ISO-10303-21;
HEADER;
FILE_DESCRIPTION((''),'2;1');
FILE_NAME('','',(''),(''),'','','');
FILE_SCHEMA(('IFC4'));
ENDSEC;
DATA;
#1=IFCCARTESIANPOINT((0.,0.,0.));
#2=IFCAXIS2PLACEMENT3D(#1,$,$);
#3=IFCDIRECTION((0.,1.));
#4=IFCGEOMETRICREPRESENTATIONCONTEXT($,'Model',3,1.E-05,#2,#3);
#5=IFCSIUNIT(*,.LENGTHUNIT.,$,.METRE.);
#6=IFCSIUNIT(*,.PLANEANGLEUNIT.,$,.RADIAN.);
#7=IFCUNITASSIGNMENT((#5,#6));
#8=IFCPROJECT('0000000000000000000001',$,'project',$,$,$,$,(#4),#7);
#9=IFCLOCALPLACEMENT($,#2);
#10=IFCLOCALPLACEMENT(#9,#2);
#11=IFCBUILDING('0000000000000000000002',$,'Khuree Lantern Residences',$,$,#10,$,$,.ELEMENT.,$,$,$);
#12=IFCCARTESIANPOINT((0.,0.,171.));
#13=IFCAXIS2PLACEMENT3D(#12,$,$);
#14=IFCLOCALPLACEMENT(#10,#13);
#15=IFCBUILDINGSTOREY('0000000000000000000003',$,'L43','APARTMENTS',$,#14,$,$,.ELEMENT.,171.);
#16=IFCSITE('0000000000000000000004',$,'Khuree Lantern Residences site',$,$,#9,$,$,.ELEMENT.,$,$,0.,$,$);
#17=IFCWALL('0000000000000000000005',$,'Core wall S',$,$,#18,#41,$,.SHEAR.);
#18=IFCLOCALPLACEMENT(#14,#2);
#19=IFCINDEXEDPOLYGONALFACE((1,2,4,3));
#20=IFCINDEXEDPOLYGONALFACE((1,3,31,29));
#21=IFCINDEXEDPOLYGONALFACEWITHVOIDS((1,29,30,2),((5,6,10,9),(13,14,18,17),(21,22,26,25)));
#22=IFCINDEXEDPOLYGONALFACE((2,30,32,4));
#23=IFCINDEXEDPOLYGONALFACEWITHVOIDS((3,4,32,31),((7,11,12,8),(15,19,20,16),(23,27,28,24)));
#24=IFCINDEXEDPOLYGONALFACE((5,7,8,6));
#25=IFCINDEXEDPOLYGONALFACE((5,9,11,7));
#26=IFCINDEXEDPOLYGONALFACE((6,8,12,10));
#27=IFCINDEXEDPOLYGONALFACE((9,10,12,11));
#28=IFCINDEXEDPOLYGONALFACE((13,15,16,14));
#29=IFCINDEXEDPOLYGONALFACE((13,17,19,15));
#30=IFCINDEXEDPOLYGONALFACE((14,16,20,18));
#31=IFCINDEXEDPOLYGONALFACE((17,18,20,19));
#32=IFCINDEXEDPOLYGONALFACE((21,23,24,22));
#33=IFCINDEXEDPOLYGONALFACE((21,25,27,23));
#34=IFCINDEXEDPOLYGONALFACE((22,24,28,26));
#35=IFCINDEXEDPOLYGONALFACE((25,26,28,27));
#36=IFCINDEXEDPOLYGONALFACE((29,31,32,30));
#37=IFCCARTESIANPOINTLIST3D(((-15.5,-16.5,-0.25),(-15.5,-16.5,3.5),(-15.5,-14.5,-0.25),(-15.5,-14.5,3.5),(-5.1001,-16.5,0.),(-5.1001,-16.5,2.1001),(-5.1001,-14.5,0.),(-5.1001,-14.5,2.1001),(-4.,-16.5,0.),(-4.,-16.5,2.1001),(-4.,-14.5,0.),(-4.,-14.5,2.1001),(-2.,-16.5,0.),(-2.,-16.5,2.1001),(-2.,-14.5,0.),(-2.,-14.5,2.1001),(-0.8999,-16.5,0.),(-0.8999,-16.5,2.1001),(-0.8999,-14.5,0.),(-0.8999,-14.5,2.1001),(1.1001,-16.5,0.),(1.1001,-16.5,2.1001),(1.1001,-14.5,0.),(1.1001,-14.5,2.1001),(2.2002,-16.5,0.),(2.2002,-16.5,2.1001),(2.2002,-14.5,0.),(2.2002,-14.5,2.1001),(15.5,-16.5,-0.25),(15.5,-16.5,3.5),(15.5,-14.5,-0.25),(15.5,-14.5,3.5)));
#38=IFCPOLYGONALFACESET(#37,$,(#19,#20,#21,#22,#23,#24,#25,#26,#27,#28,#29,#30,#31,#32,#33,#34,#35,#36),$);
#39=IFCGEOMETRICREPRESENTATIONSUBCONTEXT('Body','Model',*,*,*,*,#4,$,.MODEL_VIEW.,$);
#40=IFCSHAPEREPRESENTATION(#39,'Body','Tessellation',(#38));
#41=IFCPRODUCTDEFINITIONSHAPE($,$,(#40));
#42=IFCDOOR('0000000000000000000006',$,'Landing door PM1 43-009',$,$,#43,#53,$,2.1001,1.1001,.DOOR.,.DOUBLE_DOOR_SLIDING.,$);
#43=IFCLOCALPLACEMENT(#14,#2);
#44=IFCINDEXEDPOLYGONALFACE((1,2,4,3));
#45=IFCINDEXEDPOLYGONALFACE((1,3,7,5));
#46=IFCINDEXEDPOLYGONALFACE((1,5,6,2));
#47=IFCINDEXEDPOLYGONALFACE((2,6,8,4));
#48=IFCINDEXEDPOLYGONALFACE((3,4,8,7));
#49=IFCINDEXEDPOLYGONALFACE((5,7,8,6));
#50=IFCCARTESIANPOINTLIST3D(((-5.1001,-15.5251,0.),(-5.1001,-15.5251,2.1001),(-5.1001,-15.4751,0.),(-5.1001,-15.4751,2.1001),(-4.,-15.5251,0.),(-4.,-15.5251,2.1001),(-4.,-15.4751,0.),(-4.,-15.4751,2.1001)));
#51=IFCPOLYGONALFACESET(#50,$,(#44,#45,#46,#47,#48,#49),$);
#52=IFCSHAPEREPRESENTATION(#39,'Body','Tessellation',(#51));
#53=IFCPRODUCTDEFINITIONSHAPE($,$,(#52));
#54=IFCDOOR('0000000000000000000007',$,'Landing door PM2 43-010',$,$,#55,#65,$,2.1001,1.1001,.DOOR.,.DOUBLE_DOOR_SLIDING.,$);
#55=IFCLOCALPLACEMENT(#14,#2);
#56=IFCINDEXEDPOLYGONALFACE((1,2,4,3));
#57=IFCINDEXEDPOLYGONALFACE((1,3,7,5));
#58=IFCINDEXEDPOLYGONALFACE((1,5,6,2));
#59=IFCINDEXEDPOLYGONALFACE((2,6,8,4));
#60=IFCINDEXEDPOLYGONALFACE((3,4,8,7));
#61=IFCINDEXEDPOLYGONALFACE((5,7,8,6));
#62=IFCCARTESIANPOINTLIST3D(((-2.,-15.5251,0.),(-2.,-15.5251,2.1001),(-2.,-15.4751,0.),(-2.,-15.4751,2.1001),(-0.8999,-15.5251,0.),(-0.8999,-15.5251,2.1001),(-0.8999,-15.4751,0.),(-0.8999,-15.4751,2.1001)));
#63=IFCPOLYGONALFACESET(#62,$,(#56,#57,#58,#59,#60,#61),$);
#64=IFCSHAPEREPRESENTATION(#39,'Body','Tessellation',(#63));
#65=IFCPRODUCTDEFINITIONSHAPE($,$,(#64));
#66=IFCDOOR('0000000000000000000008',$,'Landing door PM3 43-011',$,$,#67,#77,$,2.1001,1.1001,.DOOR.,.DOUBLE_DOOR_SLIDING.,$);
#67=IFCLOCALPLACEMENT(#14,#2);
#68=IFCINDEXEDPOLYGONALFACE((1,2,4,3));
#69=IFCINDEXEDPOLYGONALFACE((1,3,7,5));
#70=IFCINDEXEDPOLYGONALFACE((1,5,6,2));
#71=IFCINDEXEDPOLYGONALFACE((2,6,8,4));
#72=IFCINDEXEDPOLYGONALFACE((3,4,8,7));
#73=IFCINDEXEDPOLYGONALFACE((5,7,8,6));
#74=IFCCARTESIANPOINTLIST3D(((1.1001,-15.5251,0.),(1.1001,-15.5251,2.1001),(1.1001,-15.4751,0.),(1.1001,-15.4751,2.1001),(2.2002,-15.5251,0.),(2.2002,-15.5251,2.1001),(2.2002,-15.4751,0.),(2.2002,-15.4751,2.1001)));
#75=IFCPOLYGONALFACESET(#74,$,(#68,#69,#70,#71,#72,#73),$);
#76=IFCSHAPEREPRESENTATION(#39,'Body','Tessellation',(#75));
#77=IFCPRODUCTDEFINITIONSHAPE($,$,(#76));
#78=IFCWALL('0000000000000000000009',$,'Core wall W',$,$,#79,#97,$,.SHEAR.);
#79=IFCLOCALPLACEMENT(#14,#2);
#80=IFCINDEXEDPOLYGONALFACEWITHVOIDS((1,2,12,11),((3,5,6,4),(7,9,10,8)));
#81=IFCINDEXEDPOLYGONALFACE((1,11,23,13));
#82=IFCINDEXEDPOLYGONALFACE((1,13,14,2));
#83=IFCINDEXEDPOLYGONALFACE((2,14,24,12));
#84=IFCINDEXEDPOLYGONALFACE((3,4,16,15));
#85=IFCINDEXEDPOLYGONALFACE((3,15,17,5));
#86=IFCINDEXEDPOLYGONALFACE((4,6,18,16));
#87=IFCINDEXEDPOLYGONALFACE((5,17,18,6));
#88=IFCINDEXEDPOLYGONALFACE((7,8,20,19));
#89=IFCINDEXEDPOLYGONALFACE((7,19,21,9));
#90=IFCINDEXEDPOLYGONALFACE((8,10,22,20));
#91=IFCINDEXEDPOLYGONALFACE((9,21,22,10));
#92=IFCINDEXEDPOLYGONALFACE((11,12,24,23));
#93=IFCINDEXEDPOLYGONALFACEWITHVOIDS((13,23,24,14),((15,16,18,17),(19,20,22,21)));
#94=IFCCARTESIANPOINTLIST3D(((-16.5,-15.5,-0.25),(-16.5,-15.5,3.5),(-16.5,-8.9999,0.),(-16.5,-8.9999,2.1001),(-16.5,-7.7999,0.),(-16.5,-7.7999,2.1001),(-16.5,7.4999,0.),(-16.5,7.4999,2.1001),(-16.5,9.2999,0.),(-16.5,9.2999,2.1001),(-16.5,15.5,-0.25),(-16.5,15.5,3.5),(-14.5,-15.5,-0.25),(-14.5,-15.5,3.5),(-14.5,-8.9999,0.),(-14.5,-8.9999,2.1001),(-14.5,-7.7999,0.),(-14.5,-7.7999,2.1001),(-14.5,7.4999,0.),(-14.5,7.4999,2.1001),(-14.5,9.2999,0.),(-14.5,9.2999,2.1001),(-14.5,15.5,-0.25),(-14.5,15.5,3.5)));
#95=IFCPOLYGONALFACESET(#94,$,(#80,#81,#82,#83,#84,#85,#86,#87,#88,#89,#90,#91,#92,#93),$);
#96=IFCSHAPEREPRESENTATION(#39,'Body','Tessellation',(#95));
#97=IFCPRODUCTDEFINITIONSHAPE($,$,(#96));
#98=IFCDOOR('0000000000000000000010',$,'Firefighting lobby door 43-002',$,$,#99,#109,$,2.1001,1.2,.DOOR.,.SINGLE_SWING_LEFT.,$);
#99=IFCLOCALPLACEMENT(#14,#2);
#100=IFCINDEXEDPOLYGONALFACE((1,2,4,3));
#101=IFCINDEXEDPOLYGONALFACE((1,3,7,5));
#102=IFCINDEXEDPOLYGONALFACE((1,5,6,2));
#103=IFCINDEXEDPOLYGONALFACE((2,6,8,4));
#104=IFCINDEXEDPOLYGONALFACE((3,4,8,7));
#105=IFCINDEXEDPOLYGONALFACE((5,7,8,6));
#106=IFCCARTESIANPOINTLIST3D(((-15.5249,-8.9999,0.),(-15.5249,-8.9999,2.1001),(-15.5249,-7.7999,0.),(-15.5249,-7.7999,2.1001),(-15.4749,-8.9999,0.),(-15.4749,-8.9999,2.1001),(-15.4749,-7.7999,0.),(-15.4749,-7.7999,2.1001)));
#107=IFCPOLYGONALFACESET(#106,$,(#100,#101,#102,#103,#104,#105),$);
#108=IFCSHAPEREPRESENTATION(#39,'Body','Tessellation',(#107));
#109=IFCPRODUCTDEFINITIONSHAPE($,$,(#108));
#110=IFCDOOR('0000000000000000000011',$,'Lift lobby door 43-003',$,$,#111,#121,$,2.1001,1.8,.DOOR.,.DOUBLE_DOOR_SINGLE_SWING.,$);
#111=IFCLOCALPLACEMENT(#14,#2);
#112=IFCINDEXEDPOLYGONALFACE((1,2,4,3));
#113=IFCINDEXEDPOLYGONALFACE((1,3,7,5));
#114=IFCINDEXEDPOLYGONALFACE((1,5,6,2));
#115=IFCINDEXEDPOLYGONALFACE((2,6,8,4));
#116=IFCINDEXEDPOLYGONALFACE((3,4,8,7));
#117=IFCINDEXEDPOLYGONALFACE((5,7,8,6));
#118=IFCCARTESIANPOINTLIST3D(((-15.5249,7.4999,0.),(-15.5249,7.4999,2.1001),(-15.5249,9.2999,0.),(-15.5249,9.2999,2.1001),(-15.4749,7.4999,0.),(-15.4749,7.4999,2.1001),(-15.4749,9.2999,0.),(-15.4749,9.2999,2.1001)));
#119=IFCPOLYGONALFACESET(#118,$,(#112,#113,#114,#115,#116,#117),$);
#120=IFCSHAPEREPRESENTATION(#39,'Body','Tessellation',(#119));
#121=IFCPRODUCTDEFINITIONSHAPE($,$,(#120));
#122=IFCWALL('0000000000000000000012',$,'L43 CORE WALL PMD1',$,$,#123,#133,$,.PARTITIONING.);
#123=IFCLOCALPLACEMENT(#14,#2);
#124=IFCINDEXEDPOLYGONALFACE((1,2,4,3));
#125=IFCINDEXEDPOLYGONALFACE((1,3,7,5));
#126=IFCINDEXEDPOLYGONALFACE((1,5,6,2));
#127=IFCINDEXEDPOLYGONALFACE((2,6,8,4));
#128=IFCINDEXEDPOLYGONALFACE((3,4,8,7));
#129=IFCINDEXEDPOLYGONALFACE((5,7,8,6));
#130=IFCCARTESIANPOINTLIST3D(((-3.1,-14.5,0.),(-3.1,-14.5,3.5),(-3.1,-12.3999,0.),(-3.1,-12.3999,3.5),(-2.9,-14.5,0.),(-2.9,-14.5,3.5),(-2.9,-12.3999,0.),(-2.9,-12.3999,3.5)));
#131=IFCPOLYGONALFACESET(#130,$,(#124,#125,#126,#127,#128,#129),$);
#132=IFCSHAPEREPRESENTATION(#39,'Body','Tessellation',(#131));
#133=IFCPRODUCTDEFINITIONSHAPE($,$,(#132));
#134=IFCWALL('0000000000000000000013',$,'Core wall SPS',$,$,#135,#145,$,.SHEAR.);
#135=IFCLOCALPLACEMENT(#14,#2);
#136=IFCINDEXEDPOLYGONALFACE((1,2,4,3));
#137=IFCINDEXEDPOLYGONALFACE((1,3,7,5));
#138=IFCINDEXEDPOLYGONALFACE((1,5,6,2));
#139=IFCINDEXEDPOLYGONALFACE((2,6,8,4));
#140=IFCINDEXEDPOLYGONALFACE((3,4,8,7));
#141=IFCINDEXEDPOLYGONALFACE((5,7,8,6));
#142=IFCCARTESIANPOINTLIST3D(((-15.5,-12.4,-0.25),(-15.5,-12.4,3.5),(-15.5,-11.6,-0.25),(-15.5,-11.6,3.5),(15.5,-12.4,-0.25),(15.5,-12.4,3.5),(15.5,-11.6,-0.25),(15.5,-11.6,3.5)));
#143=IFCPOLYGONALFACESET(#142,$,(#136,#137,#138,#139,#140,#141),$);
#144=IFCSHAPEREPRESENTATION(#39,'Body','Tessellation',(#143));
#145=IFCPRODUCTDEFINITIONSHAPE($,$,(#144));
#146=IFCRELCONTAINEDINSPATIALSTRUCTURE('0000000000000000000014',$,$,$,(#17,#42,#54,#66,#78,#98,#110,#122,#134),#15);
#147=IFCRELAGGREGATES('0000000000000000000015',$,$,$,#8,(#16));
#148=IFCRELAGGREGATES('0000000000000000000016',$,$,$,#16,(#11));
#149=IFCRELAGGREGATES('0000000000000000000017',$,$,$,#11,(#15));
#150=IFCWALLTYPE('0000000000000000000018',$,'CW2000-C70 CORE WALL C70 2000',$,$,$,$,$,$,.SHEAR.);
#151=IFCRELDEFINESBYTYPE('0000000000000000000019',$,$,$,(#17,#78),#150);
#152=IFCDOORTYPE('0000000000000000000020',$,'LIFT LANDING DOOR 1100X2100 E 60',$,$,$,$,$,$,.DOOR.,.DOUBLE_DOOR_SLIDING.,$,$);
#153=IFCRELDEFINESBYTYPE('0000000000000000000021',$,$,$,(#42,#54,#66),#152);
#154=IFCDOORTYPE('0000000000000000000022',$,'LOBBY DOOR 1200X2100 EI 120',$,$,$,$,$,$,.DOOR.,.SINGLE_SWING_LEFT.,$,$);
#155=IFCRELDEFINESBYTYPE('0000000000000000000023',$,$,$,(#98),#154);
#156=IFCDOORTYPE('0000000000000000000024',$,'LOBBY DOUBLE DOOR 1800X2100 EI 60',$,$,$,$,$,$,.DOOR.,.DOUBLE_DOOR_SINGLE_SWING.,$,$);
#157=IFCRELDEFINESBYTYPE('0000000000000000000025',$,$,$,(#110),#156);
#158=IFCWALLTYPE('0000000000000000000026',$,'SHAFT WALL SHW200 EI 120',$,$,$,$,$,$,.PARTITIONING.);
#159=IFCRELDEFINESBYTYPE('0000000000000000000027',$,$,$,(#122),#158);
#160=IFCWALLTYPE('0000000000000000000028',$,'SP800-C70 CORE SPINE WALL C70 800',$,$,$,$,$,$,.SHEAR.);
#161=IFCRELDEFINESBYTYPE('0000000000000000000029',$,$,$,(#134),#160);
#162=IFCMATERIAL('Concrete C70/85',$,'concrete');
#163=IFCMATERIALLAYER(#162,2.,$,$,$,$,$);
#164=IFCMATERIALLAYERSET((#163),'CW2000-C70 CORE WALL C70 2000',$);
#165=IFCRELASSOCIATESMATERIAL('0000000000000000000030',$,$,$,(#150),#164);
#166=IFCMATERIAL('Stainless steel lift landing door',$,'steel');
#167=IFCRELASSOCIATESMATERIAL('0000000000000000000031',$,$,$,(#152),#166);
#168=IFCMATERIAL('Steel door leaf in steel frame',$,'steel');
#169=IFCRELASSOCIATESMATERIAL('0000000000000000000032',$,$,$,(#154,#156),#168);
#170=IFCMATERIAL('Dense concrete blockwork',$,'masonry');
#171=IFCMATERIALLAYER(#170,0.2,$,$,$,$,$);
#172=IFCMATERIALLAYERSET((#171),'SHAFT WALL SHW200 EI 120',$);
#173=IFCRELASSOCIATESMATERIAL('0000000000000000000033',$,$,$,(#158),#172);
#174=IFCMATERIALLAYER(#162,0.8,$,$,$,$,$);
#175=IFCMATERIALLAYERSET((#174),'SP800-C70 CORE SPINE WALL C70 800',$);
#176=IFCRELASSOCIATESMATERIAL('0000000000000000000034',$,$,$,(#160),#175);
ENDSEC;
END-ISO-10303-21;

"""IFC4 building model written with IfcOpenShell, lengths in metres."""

from ifc_helpers import new_model, si_unit, direction, frame, frame_2d, origin, place, context, subcontext, project, spatial, rectangle, extrude, material, layer, layer_set, type_object, element, fill, save


model = new_model("IFC4")

# Units and contexts
model_context = context("Model", 3, precision=1e-05, world=origin(), true_north=direction((0.0, 1.0)))
body_context = subcontext(model_context, "Body", "Model", "MODEL_VIEW")
ifc_project = project(units=[si_unit("LENGTHUNIT", "METRE"), si_unit("PLANEANGLEUNIT", "RADIAN")], contexts=[model_context])

# Site, building, storey
site_placement = place(None, origin())
site = spatial("IfcSite", under=ifc_project, at=site_placement, Name="Khuree Lantern Residences site", CompositionType="ELEMENT", RefElevation=0.0)
building_placement = place(site_placement, origin())
building = spatial("IfcBuilding", under=site, at=building_placement, Name="Khuree Lantern Residences", CompositionType="ELEMENT")
storey_placement = place(building_placement, frame((0.0, 0.0, 171.0)))
storey = spatial("IfcBuildingStorey", under=building, at=storey_placement, Name="L43", Description="APARTMENTS", CompositionType="ELEMENT", Elevation=171.0)

# Shared definitions
ifc_material_1 = material(Name="Concrete C70/85", Category="concrete")

# Shared definitions
ifc_material_2 = material(Name="Dense concrete blockwork", Category="masonry")
ifc_material_3 = material(Name="Stainless steel lift landing door", Category="steel")

# Walls, openings, doors
ifc_layer_1 = layer(ifc_material_1, 2.0)
ifc_layer_set_1 = layer_set([ifc_layer_1], Name="CW2000-C70 CORE WALL C70 2000")
wall_type_1 = type_object("IfcWallType", Name="CW2000-C70 CORE WALL C70 2000", PredefinedType="SHEAR", material=ifc_layer_set_1)
wall_1_placement = place(storey_placement, frame((-15.5, -15.5, -0.25), z_axis=(0.0, 0.0, 1.0), x_axis=(1.0, 0.0, 0.0)))
wall_1 = element("IfcWall", 1, at=wall_1_placement, inside=storey, type_object=wall_type_1, Name="Core wall S", PredefinedType="SHEAR", context=body_context, shape_type="SweptSolid", body=[
    extrude(rectangle(XDim=31.0, YDim=2.0, at=frame_2d((15.5, 0.0))), origin(), (0.0, 0.0, 1.0), 3.75),
])
opening_1_placement = place(wall_1_placement, frame((10.3999, 0.0, 0.25)))
opening_1 = element("IfcOpeningElement", 2, at=opening_1_placement, cuts=wall_1, PredefinedType="OPENING", context=body_context, shape_type="SweptSolid", body=[
    extrude(rectangle(XDim=1.1001, YDim=2.1001, at=frame_2d((0.55, 1.05))), frame((0.0, 1.01, 0.0), z_axis=(0.0, -1.0, 0.0), x_axis=(1.0, 0.0, 0.0)), (0.0, 0.0, 1.0), 2.02),
])
opening_2_placement = place(wall_1_placement, frame((13.5, 0.0, 0.25)))
opening_2 = element("IfcOpeningElement", 3, at=opening_2_placement, cuts=wall_1, PredefinedType="OPENING", context=body_context, shape_type="SweptSolid", body=[
    extrude(rectangle(XDim=1.1001, YDim=2.1001, at=frame_2d((0.55, 1.05))), frame((0.0, 1.01, 0.0), z_axis=(0.0, -1.0, 0.0), x_axis=(1.0, 0.0, 0.0)), (0.0, 0.0, 1.0), 2.02),
])
opening_3_placement = place(wall_1_placement, frame((16.6001, 0.0, 0.25)))
opening_3 = element("IfcOpeningElement", 4, at=opening_3_placement, cuts=wall_1, PredefinedType="OPENING", context=body_context, shape_type="SweptSolid", body=[
    extrude(rectangle(XDim=1.1001, YDim=2.1001, at=frame_2d((0.55, 1.05))), frame((0.0, 1.01, 0.0), z_axis=(0.0, -1.0, 0.0), x_axis=(1.0, 0.0, 0.0)), (0.0, 0.0, 1.0), 2.02),
])
door_type_1 = type_object("IfcDoorType", Name="LIFT LANDING DOOR 1100X2100 E 60", OperationType="DOUBLE_DOOR_SLIDING", PredefinedType="DOOR", material=ifc_material_3)
door_1_placement = place(opening_1_placement, origin())
door_1 = element("IfcDoor", 5, at=door_1_placement, inside=storey, type_object=door_type_1, Name="Landing door PM1 43-009", OperationType="DOUBLE_DOOR_SLIDING", OverallHeight=2.1001, OverallWidth=1.1001, PredefinedType="DOOR", context=body_context, shape_type="SweptSolid", body=[
    extrude(rectangle(XDim=1.1001, YDim=2.1001, at=frame_2d((0.55, 1.05))), frame((0.0, 0.0249, 0.0), z_axis=(0.0, -1.0, 0.0), x_axis=(1.0, 0.0, 0.0)), (0.0, 0.0, 1.0), 0.05),
])
fill(opening_1, door_1)
door_2_placement = place(opening_2_placement, origin())
door_2 = element("IfcDoor", 6, at=door_2_placement, inside=storey, type_object=door_type_1, Name="Landing door PM2 43-010", OperationType="DOUBLE_DOOR_SLIDING", OverallHeight=2.1001, OverallWidth=1.1001, PredefinedType="DOOR", context=body_context, shape_type="SweptSolid", body=[
    extrude(rectangle(XDim=1.1001, YDim=2.1001, at=frame_2d((0.55, 1.05))), frame((0.0, 0.0249, 0.0), z_axis=(0.0, -1.0, 0.0), x_axis=(1.0, 0.0, 0.0)), (0.0, 0.0, 1.0), 0.05),
])
fill(opening_2, door_2)
door_3_placement = place(opening_3_placement, origin())
door_3 = element("IfcDoor", 7, at=door_3_placement, inside=storey, type_object=door_type_1, Name="Landing door PM3 43-011", OperationType="DOUBLE_DOOR_SLIDING", OverallHeight=2.1001, OverallWidth=1.1001, PredefinedType="DOOR", context=body_context, shape_type="SweptSolid", body=[
    extrude(rectangle(XDim=1.1001, YDim=2.1001, at=frame_2d((0.55, 1.05))), frame((0.0, 0.0249, 0.0), z_axis=(0.0, -1.0, 0.0), x_axis=(1.0, 0.0, 0.0)), (0.0, 0.0, 1.0), 0.05),
])
fill(opening_3, door_3)
wall_2_placement = place(storey_placement, frame((-15.5, -15.5, -0.25), z_axis=(0.0, 0.0, 1.0), x_axis=(0.0, 1.0, 0.0)))
wall_2 = element("IfcWall", 8, at=wall_2_placement, inside=storey, type_object=wall_type_1, Name="Core wall W", PredefinedType="SHEAR", context=body_context, shape_type="SweptSolid", body=[
    extrude(rectangle(XDim=31.0, YDim=2.0, at=frame_2d((15.5, 0.0))), origin(), (0.0, 0.0, 1.0), 3.75),
])
opening_4_placement = place(wall_2_placement, frame((6.5, 0.0, 0.25)))
opening_4 = element("IfcOpeningElement", 9, at=opening_4_placement, cuts=wall_2, PredefinedType="OPENING", context=body_context, shape_type="SweptSolid", body=[
    extrude(rectangle(XDim=1.2, YDim=2.1001, at=frame_2d((0.6001, 1.05))), frame((0.0, 1.01, 0.0), z_axis=(0.0, -1.0, 0.0), x_axis=(1.0, 0.0, 0.0)), (0.0, 0.0, 1.0), 2.02),
])
opening_5_placement = place(wall_2_placement, frame((23.0, 0.0, 0.25)))
opening_5 = element("IfcOpeningElement", 10, at=opening_5_placement, cuts=wall_2, PredefinedType="OPENING", context=body_context, shape_type="SweptSolid", body=[
    extrude(rectangle(XDim=1.8, YDim=2.1001, at=frame_2d((0.8999, 1.05))), frame((0.0, 1.01, 0.0), z_axis=(0.0, -1.0, 0.0), x_axis=(1.0, 0.0, 0.0)), (0.0, 0.0, 1.0), 2.02),
])
ifc_material_4 = material(Name="Steel door leaf in steel frame", Category="steel")
door_type_2 = type_object("IfcDoorType", Name="LOBBY DOOR 1200X2100 EI 120", OperationType="SINGLE_SWING_LEFT", PredefinedType="DOOR", material=ifc_material_4)
door_4_placement = place(opening_4_placement, origin())
door_4 = element("IfcDoor", 11, at=door_4_placement, inside=storey, type_object=door_type_2, Name="Firefighting lobby door 43-002", OperationType="SINGLE_SWING_LEFT", OverallHeight=2.1001, OverallWidth=1.2, PredefinedType="DOOR", context=body_context, shape_type="SweptSolid", body=[
    extrude(rectangle(XDim=1.2, YDim=2.1001, at=frame_2d((0.6001, 1.05))), frame((0.0, 0.0249, 0.0), z_axis=(0.0, -1.0, 0.0), x_axis=(1.0, 0.0, 0.0)), (0.0, 0.0, 1.0), 0.05),
])
fill(opening_4, door_4)
door_type_3 = type_object("IfcDoorType", Name="LOBBY DOUBLE DOOR 1800X2100 EI 60", OperationType="DOUBLE_DOOR_SINGLE_SWING", PredefinedType="DOOR", material=ifc_material_4)
door_5_placement = place(opening_5_placement, origin())
door_5 = element("IfcDoor", 12, at=door_5_placement, inside=storey, type_object=door_type_3, Name="Lift lobby door 43-003", OperationType="DOUBLE_DOOR_SINGLE_SWING", OverallHeight=2.1001, OverallWidth=1.8, PredefinedType="DOOR", context=body_context, shape_type="SweptSolid", body=[
    extrude(rectangle(XDim=1.8, YDim=2.1001, at=frame_2d((0.8999, 1.05))), frame((0.0, 0.0249, 0.0), z_axis=(0.0, -1.0, 0.0), x_axis=(1.0, 0.0, 0.0)), (0.0, 0.0, 1.0), 0.05),
])
fill(opening_5, door_5)

# Walls
ifc_layer_2 = layer(ifc_material_2, 0.2)
ifc_layer_set_2 = layer_set([ifc_layer_2], Name="SHAFT WALL SHW200 EI 120")
wall_type_2 = type_object("IfcWallType", Name="SHAFT WALL SHW200 EI 120", PredefinedType="PARTITIONING", material=ifc_layer_set_2)
wall_3_placement = place(storey_placement, frame((-3.0, -14.5, 0.0), z_axis=(0.0, 0.0, 1.0), x_axis=(0.0, 1.0, 0.0)))
element("IfcWall", 13, at=wall_3_placement, inside=storey, type_object=wall_type_2, Name="L43 CORE WALL PMD1", PredefinedType="PARTITIONING", context=body_context, shape_type="SweptSolid", body=[
    extrude(rectangle(XDim=2.1001, YDim=0.2, at=frame_2d((1.05, 0.0))), origin(), (0.0, 0.0, 1.0), 3.5),
])
ifc_layer_3 = layer(ifc_material_1, 0.8)
ifc_layer_set_3 = layer_set([ifc_layer_3], Name="SP800-C70 CORE SPINE WALL C70 800")
wall_type_3 = type_object("IfcWallType", Name="SP800-C70 CORE SPINE WALL C70 800", PredefinedType="SHEAR", material=ifc_layer_set_3)
wall_4_placement = place(storey_placement, frame((-15.5, -12.0, -0.25), z_axis=(0.0, 0.0, 1.0), x_axis=(1.0, 0.0, 0.0)))
element("IfcWall", 14, at=wall_4_placement, inside=storey, type_object=wall_type_3, Name="Core wall SPS", PredefinedType="SHEAR", context=body_context, shape_type="SweptSolid", body=[
    extrude(rectangle(XDim=31.0, YDim=0.8, at=frame_2d((15.5, 0.0))), origin(), (0.0, 0.0, 1.0), 3.75),
])

save(model, "model.ifc")
